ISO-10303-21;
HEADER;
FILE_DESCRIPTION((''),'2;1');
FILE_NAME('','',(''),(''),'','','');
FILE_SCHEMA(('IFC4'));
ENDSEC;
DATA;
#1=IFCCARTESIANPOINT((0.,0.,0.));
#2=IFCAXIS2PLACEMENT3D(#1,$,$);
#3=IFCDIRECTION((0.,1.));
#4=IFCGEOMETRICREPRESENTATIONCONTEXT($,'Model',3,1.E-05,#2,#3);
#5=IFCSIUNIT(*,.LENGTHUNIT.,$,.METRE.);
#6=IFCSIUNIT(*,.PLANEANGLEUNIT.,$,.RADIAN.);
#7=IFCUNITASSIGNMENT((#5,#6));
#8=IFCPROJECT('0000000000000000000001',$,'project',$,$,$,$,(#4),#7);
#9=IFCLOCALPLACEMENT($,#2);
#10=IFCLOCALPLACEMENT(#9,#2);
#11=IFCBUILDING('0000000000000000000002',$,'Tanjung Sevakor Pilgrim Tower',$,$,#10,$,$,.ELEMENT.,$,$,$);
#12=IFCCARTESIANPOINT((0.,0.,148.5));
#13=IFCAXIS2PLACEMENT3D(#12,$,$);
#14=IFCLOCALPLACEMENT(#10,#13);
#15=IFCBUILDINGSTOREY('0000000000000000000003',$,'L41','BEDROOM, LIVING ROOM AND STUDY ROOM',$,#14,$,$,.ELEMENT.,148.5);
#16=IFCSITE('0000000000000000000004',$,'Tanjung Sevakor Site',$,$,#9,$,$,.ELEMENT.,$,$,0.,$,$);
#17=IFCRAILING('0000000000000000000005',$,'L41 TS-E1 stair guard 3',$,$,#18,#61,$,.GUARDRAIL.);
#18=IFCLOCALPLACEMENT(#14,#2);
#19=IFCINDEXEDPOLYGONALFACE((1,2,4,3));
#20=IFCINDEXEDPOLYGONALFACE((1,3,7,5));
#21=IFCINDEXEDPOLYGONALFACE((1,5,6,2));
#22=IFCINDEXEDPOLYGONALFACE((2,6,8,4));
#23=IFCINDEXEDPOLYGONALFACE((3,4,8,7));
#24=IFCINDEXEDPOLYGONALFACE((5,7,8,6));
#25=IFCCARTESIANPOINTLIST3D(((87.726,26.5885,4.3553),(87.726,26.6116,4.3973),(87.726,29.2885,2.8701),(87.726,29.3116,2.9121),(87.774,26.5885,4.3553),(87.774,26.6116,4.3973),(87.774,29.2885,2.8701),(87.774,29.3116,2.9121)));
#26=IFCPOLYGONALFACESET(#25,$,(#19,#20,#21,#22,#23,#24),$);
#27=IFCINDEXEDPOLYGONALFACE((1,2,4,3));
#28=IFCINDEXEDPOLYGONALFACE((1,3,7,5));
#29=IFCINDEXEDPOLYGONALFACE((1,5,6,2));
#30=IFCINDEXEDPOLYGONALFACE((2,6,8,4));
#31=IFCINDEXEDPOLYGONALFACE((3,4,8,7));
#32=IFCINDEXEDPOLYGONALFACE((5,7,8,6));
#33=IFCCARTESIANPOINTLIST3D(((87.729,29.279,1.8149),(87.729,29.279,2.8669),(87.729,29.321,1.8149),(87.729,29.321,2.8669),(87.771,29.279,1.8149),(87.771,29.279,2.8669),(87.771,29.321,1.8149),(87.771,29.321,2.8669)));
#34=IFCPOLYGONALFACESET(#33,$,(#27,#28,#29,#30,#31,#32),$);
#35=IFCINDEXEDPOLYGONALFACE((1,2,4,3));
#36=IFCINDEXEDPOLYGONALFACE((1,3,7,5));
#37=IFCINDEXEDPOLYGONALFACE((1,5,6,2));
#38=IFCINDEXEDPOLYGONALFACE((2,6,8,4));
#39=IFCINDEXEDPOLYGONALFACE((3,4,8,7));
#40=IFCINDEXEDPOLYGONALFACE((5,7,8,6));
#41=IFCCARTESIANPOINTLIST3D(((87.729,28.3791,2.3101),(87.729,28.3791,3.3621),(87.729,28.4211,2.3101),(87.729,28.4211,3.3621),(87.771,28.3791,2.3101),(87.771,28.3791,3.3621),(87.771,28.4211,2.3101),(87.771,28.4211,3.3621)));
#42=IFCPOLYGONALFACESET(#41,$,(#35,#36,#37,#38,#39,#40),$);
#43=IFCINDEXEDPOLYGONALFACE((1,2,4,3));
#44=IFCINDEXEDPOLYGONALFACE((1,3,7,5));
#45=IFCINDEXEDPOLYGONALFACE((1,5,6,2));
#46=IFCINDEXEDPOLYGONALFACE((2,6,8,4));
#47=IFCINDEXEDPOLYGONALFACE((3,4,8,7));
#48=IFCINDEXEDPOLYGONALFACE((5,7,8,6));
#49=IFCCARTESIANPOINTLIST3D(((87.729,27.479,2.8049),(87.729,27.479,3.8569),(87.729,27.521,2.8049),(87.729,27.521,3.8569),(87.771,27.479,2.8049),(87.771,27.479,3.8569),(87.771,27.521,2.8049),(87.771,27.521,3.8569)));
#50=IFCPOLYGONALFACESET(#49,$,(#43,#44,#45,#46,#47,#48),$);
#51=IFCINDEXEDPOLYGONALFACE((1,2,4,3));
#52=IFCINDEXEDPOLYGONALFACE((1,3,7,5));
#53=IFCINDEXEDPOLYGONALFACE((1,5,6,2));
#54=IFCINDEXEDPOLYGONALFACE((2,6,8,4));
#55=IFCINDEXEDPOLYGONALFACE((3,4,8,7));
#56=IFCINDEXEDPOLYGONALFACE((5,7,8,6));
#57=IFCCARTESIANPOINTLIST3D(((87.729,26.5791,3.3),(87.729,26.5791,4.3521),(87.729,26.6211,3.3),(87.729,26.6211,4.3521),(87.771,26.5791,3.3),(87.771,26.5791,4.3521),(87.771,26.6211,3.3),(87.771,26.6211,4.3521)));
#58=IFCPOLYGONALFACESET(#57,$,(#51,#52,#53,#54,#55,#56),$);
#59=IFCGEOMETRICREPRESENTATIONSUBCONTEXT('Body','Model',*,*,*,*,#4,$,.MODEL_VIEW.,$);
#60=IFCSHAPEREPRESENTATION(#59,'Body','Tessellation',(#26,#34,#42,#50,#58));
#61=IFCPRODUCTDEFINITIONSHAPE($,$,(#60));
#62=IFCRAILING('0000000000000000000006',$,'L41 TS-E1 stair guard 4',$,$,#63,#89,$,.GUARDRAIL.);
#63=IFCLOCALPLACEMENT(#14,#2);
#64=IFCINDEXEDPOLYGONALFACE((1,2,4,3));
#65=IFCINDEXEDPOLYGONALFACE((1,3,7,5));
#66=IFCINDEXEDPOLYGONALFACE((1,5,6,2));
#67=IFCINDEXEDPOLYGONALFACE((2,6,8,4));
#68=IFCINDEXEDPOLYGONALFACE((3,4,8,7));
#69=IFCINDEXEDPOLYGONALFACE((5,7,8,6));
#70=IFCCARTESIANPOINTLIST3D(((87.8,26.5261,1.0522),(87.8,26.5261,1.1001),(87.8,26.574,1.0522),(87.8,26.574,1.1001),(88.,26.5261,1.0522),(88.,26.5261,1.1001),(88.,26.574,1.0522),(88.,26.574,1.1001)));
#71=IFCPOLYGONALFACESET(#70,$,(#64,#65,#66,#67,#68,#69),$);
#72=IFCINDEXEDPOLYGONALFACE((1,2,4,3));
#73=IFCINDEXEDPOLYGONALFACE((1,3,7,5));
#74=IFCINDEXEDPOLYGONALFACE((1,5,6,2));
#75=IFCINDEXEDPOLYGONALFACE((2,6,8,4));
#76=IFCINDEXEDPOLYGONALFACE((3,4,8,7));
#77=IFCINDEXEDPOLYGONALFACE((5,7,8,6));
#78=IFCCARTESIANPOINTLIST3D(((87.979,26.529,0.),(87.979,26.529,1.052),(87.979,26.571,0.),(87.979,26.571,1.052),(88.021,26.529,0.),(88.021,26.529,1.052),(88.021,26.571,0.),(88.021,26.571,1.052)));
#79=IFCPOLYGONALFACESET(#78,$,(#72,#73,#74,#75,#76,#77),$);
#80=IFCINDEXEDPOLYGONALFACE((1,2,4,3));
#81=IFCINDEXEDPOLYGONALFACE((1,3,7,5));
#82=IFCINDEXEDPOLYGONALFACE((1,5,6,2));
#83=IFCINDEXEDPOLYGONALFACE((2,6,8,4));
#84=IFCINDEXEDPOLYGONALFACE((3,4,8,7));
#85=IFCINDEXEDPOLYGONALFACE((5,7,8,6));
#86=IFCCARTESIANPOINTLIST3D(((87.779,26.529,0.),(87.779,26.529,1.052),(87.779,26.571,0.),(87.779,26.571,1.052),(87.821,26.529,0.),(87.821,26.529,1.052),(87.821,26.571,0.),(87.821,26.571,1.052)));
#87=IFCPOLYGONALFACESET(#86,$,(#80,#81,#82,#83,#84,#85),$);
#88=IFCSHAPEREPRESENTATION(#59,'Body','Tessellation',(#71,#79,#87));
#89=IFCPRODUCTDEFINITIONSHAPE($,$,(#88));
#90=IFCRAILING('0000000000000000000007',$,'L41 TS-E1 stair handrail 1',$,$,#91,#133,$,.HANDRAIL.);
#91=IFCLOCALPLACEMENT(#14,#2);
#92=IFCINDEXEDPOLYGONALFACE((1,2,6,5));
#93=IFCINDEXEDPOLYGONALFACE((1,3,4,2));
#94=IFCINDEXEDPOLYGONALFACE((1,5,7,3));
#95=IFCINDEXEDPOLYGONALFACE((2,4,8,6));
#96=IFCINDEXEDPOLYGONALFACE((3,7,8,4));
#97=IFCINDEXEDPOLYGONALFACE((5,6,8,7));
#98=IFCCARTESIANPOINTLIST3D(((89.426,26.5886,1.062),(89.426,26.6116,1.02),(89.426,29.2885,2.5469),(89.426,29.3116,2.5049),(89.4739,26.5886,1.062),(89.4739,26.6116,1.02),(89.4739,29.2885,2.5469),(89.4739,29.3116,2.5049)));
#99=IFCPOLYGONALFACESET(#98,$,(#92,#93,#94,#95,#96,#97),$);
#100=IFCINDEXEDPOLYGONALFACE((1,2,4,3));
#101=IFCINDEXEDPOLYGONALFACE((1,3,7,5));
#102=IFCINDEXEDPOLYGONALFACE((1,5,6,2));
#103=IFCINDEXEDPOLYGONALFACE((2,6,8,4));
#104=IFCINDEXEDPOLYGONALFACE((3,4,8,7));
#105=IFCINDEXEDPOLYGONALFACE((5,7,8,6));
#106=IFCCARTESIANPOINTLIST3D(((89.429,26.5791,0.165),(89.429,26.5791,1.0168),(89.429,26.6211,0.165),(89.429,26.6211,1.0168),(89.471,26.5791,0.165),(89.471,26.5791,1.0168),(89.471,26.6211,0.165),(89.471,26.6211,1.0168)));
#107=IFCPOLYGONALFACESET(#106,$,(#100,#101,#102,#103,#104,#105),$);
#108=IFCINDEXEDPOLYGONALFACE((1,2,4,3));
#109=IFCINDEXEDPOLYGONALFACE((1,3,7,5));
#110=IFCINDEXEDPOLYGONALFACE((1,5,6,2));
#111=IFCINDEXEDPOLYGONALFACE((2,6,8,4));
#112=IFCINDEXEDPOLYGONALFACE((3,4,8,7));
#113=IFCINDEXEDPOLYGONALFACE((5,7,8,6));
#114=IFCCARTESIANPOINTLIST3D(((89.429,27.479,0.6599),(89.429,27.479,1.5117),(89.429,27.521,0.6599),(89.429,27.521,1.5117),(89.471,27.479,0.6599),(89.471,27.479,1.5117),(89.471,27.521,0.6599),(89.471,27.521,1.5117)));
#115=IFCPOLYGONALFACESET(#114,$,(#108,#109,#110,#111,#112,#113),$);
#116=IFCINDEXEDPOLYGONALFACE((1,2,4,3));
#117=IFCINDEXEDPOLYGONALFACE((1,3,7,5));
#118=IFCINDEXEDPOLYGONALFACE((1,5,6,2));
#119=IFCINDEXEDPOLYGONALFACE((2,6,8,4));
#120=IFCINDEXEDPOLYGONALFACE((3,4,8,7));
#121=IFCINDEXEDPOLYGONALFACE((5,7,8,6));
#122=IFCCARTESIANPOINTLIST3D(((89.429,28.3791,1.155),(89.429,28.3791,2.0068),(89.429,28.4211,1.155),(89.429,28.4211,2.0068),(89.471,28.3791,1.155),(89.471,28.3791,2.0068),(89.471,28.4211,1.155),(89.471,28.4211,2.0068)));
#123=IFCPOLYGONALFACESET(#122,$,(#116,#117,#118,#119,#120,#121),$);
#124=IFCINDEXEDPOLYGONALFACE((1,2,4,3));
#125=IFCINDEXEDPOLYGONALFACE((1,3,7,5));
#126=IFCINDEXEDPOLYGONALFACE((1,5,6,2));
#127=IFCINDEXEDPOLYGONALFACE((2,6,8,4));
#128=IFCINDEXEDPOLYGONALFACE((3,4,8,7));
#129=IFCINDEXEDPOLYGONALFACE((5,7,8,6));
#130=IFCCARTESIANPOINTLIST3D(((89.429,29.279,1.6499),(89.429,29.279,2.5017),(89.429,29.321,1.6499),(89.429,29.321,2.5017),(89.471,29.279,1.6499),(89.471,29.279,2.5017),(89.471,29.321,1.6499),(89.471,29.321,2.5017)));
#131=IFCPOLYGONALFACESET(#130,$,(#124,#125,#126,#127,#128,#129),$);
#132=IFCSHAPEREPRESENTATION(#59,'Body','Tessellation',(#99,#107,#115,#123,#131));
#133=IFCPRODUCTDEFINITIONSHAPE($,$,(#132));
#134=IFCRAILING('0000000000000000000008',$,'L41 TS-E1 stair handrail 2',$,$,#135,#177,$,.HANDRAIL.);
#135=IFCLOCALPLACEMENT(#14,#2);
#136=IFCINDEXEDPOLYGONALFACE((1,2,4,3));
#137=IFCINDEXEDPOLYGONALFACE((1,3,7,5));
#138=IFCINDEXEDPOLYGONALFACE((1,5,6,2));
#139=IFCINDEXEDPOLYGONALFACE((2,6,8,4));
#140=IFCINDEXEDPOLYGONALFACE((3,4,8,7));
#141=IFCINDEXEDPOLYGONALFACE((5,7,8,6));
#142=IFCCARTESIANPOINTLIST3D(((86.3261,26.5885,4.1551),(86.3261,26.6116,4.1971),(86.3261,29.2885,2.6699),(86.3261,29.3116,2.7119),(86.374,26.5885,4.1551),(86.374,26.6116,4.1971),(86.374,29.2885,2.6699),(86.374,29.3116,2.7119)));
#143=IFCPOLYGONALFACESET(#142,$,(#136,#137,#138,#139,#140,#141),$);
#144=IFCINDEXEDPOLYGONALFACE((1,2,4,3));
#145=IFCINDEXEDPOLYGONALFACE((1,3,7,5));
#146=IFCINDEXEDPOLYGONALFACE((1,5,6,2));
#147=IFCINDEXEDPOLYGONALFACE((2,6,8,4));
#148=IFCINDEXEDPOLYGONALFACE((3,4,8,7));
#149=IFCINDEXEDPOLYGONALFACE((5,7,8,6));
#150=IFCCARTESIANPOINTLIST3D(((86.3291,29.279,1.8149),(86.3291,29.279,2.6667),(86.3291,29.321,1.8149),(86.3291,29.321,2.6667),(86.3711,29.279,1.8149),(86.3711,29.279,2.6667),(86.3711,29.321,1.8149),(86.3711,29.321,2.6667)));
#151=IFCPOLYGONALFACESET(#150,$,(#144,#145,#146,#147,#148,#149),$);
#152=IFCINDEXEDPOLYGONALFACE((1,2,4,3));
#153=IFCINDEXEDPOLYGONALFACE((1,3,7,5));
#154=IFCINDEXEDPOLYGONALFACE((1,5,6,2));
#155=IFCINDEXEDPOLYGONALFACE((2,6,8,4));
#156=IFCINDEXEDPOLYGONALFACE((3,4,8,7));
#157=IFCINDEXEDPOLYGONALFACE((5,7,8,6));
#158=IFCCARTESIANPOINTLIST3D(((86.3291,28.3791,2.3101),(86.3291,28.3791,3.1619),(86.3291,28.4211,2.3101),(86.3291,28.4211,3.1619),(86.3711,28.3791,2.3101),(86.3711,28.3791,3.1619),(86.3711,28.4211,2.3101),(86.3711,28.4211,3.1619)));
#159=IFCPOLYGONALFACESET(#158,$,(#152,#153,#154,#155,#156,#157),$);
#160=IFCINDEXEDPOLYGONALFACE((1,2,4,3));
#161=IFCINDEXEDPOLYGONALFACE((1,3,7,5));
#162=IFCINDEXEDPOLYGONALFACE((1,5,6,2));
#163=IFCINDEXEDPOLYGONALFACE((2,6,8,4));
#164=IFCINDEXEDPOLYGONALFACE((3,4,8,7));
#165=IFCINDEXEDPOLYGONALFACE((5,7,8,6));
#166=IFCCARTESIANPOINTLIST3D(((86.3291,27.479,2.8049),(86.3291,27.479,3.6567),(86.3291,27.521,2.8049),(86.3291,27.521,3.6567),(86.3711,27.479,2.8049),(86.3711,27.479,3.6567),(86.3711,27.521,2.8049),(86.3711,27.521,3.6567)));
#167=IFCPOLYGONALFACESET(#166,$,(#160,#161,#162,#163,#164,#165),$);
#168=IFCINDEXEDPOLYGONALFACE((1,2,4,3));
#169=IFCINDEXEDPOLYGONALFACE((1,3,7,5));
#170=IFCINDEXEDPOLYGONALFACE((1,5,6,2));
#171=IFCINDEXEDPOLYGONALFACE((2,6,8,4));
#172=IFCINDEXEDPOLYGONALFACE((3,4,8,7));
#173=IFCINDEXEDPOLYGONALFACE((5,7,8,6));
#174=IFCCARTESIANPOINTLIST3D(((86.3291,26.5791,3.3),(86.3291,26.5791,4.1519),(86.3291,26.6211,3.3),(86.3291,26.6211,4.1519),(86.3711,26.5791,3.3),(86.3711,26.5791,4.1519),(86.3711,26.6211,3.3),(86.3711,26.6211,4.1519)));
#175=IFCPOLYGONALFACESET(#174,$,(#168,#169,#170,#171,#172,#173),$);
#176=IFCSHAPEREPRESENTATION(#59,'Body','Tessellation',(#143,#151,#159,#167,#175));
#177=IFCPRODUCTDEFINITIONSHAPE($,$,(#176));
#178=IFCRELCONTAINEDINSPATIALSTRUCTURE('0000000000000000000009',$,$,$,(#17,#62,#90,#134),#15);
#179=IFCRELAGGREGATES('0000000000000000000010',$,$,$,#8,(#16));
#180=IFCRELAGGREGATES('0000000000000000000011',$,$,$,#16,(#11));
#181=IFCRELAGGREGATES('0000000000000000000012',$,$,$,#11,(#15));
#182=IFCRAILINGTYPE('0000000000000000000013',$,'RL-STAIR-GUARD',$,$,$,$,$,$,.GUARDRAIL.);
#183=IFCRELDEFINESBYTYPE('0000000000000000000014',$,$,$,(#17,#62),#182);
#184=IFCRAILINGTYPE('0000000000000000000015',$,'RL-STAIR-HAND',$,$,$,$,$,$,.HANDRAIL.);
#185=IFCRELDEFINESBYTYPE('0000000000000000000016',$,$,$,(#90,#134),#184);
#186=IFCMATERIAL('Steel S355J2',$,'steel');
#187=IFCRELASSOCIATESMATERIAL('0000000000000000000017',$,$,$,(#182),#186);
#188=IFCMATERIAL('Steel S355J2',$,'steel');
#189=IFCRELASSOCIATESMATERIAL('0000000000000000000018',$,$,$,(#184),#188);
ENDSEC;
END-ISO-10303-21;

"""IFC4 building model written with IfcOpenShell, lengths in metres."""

from ifc_helpers import new_model, si_unit, direction, frame, origin, place, context, subcontext, project, spatial, rectangle, extrude, material, type_object, element, save


model = new_model("IFC4")

# Units and contexts
model_context = context("Model", 3, precision=1e-05, world=origin(), true_north=direction((0.0, 1.0)))
body_context = subcontext(model_context, "Body", "Model", "MODEL_VIEW")
ifc_project = project(units=[si_unit("LENGTHUNIT", "METRE"), si_unit("PLANEANGLEUNIT", "RADIAN")], contexts=[model_context])

# Site, building, storey
site_placement = place(None, origin())
site = spatial("IfcSite", under=ifc_project, at=site_placement, Name="Tanjung Sevakor Site", CompositionType="ELEMENT", RefElevation=0.0)
building_placement = place(site_placement, origin())
building = spatial("IfcBuilding", under=site, at=building_placement, Name="Tanjung Sevakor Pilgrim Tower", CompositionType="ELEMENT")
storey_placement = place(building_placement, frame((0.0, 0.0, 148.5)))
storey = spatial("IfcBuildingStorey", under=building, at=storey_placement, Name="L41", Description="BEDROOM, LIVING ROOM AND STUDY ROOM", CompositionType="ELEMENT", Elevation=148.5)

# Railings
ifc_material_1 = material(Name="Steel S355J2", Category="steel")
railing_type_1 = type_object("IfcRailingType", Name="RL-STAIR-GUARD", PredefinedType="GUARDRAIL", material=ifc_material_1)
railing_1_placement = place(storey_placement, frame((87.75, 29.3, 1.8149)))
element("IfcRailing", 1, at=railing_1_placement, inside=storey, type_object=railing_type_1, Name="L41 TS-E1 stair guard 3", PredefinedType="GUARDRAIL", context=body_context, shape_type="SweptSolid", body=[
    extrude(rectangle(XDim=0.0479, YDim=0.0479), frame((0.0, 0.0, 1.0762), z_axis=(0.0, -0.876198, 0.481952), x_axis=(1.0, 0.0, 0.0)), (0.0, 0.0, 1.0), 3.0815),
    extrude(rectangle(XDim=0.042, YDim=0.042), origin(), (0.0, 0.0, 1.0), 1.052),
    extrude(rectangle(XDim=0.042, YDim=0.042), frame((0.0, -0.8999, 0.4951)), (0.0, 0.0, 1.0), 1.052),
    extrude(rectangle(XDim=0.042, YDim=0.042), frame((0.0, -1.8, 0.99)), (0.0, 0.0, 1.0), 1.052),
    extrude(rectangle(XDim=0.042, YDim=0.042), frame((0.0, -2.7, 1.4851)), (0.0, 0.0, 1.0), 1.052),
])
railing_2_placement = place(storey_placement, frame((88.0, 26.55, 0.0)))
element("IfcRailing", 2, at=railing_2_placement, inside=storey, type_object=railing_type_1, Name="L41 TS-E1 stair guard 4", PredefinedType="GUARDRAIL", context=body_context, shape_type="SweptSolid", body=[
    extrude(rectangle(XDim=0.0479, YDim=0.0479), frame((0.0, 0.0, 1.0762), z_axis=(-1.0, 0.0, 0.0), x_axis=(0.0, -1.0, 0.0)), (0.0, 0.0, 1.0), 0.2),
    extrude(rectangle(XDim=0.042, YDim=0.042), origin(), (0.0, 0.0, 1.0), 1.052),
    extrude(rectangle(XDim=0.042, YDim=0.042), frame((-0.2, 0.0, 0.0)), (0.0, 0.0, 1.0), 1.052),
])
ifc_material_2 = material(Name="Steel S355J2", Category="steel")
railing_type_2 = type_object("IfcRailingType", Name="RL-STAIR-HAND", PredefinedType="HANDRAIL", material=ifc_material_2)
railing_3_placement = place(storey_placement, frame((89.45, 26.6001, 0.165)))
element("IfcRailing", 3, at=railing_3_placement, inside=storey, type_object=railing_type_2, Name="L41 TS-E1 stair handrail 1", PredefinedType="HANDRAIL", context=body_context, shape_type="SweptSolid", body=[
    extrude(rectangle(XDim=0.0479, YDim=0.0479), frame((0.0, 0.0, 0.876), z_axis=(0.0, 0.876231, 0.481891), x_axis=(-1.0, 0.0, 0.0)), (0.0, 0.0, 1.0), 3.0813),
    extrude(rectangle(XDim=0.042, YDim=0.042), origin(), (0.0, 0.0, 1.0), 0.8518),
    extrude(rectangle(XDim=0.042, YDim=0.042), frame((0.0, 0.8999, 0.4949)), (0.0, 0.0, 1.0), 0.8518),
    extrude(rectangle(XDim=0.042, YDim=0.042), frame((0.0, 1.8, 0.99)), (0.0, 0.0, 1.0), 0.8518),
    extrude(rectangle(XDim=0.042, YDim=0.042), frame((0.0, 2.7, 1.4849)), (0.0, 0.0, 1.0), 0.8518),
])
railing_4_placement = place(storey_placement, frame((86.3501, 29.3, 1.8149)))
element("IfcRailing", 4, at=railing_4_placement, inside=storey, type_object=railing_type_2, Name="L41 TS-E1 stair handrail 2", PredefinedType="HANDRAIL", context=body_context, shape_type="SweptSolid", body=[
    extrude(rectangle(XDim=0.0479, YDim=0.0479), frame((0.0, 0.0, 0.876), z_axis=(0.0, -0.876198, 0.481952), x_axis=(1.0, 0.0, 0.0)), (0.0, 0.0, 1.0), 3.0815),
    extrude(rectangle(XDim=0.042, YDim=0.042), origin(), (0.0, 0.0, 1.0), 0.8518),
    extrude(rectangle(XDim=0.042, YDim=0.042), frame((0.0, -0.8999, 0.4951)), (0.0, 0.0, 1.0), 0.8518),
    extrude(rectangle(XDim=0.042, YDim=0.042), frame((0.0, -1.8, 0.99)), (0.0, 0.0, 1.0), 0.8518),
    extrude(rectangle(XDim=0.042, YDim=0.042), frame((0.0, -2.7, 1.4851)), (0.0, 0.0, 1.0), 0.8518),
])

save(model, "model.ifc")
